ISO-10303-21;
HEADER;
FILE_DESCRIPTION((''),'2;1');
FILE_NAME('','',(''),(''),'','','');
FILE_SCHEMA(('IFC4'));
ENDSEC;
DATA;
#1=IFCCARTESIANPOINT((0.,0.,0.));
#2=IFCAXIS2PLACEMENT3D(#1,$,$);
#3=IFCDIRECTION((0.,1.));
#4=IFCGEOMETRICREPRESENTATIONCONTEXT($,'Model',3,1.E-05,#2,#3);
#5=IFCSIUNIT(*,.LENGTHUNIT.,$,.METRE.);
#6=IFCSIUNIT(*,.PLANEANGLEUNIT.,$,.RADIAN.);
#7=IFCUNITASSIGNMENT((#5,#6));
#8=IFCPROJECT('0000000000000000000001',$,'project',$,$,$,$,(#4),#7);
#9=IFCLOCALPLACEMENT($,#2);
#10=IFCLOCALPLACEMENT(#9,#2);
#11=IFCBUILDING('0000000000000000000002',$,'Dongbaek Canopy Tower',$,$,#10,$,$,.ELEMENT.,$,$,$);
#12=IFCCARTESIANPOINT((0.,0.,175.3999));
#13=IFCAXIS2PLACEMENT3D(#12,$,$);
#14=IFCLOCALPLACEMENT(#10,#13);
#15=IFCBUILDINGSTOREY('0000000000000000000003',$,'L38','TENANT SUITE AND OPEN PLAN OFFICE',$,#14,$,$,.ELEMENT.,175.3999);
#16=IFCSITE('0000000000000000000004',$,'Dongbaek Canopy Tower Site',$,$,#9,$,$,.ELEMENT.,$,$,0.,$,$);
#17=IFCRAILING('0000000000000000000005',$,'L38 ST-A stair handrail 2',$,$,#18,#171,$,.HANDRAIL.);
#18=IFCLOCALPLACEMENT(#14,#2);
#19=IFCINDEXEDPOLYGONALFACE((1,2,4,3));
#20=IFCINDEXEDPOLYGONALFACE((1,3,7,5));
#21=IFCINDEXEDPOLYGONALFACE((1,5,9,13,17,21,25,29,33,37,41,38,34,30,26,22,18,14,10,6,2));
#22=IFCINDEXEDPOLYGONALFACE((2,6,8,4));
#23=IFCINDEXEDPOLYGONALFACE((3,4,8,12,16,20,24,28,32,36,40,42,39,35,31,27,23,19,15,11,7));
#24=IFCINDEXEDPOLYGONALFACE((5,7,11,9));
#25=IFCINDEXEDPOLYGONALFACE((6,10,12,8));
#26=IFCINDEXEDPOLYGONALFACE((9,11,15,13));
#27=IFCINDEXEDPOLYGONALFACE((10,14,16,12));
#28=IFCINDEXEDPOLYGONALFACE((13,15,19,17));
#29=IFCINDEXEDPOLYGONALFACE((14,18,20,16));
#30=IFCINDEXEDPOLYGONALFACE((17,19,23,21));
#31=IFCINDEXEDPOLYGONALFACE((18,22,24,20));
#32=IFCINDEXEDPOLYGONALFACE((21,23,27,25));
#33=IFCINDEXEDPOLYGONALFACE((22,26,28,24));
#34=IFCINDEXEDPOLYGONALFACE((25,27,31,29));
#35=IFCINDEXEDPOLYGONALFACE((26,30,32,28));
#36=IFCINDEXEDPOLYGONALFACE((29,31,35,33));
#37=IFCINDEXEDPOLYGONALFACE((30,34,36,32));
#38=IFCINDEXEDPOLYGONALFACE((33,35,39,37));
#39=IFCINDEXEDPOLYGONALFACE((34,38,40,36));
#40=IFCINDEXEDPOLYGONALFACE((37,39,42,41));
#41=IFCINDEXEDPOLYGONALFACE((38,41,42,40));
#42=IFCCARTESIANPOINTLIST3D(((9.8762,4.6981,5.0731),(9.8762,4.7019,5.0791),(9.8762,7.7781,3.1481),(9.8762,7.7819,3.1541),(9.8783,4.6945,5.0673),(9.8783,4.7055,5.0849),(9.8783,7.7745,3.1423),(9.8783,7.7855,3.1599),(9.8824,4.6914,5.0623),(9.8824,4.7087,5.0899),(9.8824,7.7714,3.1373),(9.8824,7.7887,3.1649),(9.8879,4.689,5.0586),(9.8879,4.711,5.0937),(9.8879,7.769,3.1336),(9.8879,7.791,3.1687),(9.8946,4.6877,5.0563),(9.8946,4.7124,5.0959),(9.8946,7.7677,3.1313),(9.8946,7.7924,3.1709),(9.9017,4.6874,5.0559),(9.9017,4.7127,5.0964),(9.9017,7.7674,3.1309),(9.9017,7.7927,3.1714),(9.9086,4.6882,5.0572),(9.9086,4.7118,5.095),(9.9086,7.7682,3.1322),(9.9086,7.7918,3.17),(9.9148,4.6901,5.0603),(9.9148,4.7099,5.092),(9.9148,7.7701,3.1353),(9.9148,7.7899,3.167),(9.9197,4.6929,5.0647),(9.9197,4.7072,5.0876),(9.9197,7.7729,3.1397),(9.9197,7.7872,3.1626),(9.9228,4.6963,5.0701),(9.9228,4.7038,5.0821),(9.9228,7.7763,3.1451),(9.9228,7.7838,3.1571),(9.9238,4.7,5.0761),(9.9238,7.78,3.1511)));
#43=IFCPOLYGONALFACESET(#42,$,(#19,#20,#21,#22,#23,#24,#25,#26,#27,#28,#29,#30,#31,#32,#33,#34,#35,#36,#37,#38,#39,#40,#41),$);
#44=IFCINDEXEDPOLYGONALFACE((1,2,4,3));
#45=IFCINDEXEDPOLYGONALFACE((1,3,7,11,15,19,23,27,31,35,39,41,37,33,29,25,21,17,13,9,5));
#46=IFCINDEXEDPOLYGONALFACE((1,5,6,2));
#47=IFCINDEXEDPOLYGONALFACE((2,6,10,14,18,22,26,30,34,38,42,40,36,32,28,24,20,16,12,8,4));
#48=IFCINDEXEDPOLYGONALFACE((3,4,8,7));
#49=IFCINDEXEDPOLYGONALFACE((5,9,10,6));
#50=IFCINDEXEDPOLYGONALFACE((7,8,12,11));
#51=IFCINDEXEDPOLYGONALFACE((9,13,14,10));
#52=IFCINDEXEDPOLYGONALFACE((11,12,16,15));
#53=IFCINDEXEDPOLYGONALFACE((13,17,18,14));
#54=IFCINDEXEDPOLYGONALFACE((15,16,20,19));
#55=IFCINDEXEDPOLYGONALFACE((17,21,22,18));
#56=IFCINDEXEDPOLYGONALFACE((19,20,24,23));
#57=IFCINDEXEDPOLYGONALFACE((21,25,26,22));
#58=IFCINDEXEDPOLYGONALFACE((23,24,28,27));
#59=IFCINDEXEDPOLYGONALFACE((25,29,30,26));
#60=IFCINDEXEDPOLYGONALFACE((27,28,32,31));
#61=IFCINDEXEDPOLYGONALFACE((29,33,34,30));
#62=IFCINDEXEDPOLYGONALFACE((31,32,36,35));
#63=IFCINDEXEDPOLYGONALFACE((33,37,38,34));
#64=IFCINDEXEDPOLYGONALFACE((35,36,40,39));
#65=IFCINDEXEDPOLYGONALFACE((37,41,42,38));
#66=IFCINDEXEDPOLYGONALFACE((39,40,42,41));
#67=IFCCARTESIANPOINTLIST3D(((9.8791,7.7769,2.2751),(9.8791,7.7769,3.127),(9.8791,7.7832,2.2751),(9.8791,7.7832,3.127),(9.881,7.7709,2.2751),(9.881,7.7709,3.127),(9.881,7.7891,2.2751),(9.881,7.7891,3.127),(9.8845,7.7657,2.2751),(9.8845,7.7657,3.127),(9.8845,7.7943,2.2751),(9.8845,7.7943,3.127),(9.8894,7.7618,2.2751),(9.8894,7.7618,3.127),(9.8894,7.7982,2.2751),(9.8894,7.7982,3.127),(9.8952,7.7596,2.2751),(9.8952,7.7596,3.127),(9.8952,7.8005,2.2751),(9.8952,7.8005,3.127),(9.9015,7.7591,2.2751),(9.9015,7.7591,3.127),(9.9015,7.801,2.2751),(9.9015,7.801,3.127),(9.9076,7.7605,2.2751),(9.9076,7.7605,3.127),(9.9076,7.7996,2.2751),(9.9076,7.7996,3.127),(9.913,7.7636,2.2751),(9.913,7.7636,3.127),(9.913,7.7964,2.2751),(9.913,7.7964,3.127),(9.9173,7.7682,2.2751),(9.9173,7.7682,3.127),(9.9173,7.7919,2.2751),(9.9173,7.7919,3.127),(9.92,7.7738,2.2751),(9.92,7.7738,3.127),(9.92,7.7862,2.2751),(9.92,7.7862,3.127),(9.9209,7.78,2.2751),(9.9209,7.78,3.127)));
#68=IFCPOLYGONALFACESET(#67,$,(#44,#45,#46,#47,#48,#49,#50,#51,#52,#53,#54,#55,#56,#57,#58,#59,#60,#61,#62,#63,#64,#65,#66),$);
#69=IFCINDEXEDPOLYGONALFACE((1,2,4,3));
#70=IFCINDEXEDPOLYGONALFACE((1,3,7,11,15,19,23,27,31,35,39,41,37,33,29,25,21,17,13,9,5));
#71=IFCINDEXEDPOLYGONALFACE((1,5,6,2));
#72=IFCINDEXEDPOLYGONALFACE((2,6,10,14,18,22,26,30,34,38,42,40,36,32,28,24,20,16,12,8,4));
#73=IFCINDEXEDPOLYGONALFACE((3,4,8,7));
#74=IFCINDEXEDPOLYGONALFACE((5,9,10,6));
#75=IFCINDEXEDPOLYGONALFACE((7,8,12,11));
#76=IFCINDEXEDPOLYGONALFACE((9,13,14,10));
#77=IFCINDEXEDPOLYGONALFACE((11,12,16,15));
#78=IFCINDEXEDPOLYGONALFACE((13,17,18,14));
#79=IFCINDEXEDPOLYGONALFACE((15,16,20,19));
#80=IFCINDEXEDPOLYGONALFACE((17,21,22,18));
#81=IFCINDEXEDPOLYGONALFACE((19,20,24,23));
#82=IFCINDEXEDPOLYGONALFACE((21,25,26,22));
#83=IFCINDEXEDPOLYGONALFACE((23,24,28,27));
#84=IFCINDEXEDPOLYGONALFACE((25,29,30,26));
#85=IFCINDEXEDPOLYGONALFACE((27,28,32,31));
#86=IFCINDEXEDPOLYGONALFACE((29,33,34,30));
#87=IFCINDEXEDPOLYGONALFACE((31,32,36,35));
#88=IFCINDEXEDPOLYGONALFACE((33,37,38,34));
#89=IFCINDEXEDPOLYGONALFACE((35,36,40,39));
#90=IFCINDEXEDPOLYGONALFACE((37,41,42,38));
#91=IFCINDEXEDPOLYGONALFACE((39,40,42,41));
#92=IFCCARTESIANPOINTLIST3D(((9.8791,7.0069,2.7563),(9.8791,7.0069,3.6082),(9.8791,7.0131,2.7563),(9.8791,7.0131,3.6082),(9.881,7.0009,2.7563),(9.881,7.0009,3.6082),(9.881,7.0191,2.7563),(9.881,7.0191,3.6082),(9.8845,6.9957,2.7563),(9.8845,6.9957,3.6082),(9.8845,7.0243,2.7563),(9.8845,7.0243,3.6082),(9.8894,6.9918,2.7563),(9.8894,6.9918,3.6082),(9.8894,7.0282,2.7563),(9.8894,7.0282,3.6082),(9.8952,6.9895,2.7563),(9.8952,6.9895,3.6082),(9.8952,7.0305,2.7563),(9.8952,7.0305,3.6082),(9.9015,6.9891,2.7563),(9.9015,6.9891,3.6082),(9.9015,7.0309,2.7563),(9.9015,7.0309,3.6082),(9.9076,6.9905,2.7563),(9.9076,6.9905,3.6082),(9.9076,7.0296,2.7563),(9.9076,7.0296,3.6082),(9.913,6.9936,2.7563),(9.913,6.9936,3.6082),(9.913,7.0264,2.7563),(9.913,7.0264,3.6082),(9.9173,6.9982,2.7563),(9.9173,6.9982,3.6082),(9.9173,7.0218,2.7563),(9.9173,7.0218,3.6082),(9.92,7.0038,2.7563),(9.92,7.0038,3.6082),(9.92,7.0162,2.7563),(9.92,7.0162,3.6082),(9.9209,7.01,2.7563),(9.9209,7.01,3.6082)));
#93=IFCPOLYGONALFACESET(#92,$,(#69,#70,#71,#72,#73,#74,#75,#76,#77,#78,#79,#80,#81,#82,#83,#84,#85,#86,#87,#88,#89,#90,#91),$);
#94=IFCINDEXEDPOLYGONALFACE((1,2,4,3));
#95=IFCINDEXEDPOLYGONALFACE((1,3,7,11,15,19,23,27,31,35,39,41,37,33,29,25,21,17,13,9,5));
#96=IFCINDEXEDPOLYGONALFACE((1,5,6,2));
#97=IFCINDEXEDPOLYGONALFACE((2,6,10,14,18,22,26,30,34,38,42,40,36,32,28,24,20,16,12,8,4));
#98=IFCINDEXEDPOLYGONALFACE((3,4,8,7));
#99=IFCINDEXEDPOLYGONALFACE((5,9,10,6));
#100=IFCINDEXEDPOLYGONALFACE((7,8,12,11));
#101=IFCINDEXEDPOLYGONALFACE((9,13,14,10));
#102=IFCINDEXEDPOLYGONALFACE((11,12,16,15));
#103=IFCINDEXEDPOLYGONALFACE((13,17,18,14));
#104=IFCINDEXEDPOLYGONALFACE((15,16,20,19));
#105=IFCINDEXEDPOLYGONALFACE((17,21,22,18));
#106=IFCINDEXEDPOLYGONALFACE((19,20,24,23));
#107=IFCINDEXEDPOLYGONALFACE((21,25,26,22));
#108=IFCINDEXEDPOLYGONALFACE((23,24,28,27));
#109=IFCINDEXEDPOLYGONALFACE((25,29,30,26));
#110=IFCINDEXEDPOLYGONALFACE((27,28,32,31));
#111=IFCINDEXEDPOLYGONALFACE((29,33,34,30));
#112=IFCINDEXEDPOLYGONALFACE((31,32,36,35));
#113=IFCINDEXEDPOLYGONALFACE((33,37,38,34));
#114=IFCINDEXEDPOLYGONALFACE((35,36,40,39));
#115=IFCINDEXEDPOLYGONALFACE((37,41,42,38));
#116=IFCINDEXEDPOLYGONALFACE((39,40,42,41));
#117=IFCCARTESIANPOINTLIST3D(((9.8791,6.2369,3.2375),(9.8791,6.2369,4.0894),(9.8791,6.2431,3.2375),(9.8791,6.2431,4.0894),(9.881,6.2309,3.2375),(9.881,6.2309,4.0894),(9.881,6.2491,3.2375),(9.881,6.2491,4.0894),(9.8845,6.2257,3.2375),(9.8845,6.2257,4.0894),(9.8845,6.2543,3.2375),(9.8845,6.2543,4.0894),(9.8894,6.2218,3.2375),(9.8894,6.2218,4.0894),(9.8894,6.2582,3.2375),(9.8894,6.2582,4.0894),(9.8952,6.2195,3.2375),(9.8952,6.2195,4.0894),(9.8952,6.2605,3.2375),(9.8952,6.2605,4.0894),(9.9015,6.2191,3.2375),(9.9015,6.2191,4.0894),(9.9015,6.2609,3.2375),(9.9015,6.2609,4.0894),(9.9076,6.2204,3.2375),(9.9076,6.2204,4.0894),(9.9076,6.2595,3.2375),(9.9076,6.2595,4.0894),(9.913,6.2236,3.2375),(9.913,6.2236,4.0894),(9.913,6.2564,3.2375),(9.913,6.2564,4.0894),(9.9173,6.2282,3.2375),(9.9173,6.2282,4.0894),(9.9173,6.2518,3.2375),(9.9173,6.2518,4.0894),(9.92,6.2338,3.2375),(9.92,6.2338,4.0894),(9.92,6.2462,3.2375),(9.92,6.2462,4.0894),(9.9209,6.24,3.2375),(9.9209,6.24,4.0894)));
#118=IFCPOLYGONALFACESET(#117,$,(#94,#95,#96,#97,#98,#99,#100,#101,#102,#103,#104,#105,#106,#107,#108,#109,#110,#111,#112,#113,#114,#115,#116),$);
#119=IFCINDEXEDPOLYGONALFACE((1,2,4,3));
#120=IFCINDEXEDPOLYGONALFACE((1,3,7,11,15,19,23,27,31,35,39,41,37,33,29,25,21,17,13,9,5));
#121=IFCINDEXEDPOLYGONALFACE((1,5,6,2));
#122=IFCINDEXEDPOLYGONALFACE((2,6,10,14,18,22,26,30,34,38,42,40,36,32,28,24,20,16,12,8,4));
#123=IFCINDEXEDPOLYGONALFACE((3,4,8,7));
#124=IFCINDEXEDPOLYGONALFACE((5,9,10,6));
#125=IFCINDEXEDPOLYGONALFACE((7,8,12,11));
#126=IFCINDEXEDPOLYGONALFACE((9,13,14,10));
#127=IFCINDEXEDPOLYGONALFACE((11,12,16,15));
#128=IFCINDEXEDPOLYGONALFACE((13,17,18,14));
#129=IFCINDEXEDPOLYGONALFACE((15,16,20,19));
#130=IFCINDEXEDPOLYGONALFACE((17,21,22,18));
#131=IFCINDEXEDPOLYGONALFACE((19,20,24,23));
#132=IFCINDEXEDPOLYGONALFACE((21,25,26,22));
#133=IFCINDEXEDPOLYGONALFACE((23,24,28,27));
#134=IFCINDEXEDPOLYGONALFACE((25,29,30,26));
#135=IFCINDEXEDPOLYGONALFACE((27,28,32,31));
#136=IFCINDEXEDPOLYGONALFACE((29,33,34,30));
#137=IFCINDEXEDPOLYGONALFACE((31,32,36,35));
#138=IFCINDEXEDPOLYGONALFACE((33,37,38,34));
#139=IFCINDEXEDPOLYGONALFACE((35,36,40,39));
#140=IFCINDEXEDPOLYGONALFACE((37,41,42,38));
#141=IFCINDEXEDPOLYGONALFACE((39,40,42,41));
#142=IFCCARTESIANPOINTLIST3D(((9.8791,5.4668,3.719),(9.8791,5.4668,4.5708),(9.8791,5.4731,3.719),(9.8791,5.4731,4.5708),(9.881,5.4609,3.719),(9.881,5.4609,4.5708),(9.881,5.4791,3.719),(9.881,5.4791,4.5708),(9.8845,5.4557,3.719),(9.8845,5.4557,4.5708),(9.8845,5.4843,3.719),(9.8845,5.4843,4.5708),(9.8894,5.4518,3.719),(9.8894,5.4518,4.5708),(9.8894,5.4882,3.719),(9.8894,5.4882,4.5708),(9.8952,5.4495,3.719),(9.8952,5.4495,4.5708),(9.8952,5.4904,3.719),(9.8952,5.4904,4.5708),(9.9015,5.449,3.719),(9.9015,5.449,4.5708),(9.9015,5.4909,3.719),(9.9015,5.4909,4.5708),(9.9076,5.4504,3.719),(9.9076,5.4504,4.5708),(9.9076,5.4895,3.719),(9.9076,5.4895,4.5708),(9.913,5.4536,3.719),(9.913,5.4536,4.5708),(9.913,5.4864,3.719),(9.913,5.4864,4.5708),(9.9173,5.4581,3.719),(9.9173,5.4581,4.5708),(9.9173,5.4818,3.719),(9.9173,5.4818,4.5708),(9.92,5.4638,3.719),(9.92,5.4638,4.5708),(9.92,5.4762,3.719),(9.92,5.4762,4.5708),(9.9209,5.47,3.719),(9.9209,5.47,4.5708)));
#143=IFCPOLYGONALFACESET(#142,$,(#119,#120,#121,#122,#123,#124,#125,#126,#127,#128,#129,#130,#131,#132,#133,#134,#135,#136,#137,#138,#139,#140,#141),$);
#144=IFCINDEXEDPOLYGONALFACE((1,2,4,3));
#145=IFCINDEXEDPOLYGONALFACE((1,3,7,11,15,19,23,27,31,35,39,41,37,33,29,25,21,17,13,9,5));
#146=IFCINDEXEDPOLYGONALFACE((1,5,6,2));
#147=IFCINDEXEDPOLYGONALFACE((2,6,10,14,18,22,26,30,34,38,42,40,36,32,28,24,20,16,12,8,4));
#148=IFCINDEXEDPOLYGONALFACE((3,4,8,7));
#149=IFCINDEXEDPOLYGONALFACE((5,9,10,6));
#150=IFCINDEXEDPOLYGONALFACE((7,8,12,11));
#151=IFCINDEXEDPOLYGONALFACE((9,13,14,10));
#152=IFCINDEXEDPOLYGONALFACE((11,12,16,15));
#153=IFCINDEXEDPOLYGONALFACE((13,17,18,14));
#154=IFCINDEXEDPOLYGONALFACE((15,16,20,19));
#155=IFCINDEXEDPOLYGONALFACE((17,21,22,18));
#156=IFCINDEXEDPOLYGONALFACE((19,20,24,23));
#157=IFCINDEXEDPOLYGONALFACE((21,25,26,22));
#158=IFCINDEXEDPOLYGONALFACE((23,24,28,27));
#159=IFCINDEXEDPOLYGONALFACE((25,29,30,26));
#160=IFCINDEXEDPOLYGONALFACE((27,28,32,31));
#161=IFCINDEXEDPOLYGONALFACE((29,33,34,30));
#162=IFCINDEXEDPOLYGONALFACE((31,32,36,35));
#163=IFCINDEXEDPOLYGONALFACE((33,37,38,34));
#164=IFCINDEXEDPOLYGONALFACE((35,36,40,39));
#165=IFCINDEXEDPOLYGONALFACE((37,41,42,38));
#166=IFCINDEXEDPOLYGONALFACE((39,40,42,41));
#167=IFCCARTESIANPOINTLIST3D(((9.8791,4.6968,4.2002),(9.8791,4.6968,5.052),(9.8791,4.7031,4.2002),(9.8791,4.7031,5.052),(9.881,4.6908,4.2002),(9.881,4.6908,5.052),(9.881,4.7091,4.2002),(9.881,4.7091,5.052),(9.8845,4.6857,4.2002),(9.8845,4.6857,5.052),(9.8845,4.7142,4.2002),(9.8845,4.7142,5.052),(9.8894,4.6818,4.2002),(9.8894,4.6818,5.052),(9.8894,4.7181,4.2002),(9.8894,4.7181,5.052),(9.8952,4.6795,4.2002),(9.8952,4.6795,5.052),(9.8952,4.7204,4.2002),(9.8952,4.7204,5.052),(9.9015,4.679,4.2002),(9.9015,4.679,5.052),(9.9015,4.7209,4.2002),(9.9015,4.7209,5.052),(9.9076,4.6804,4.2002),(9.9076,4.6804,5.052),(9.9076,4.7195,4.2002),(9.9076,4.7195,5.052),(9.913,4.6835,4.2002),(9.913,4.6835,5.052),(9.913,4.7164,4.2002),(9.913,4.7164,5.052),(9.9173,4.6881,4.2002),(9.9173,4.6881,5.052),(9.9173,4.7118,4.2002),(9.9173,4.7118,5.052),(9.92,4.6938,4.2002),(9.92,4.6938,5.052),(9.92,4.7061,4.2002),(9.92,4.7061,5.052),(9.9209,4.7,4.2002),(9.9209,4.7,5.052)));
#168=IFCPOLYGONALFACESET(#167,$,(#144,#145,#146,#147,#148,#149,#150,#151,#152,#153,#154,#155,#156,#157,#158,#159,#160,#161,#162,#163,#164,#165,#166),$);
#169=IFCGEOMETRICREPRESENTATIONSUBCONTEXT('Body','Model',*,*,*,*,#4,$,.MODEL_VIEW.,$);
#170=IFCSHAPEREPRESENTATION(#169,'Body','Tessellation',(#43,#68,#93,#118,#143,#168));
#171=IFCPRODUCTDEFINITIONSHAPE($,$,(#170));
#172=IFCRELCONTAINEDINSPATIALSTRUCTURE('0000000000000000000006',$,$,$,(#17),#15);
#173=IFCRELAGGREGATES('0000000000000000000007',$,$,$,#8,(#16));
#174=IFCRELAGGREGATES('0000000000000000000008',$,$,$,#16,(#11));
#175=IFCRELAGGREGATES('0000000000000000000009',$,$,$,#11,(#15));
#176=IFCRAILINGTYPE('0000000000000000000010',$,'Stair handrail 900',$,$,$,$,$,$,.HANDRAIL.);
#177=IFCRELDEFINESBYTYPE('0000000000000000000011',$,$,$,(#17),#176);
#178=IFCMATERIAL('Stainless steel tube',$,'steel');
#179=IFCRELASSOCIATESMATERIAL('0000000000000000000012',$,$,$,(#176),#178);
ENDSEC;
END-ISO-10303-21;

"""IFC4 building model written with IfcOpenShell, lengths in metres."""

from ifc_helpers import new_model, si_unit, direction, frame, origin, origin_2d, place, context, subcontext, project, spatial, circle, extrude, material, type_object, element, save


model = new_model("IFC4")

# Units and contexts
model_context = context("Model", 3, precision=1e-05, world=origin(), true_north=direction((0.0, 1.0)))
body_context = subcontext(model_context, "Body", "Model", "MODEL_VIEW")
ifc_project = project(units=[si_unit("LENGTHUNIT", "METRE"), si_unit("PLANEANGLEUNIT", "RADIAN")], contexts=[model_context])

# Site, building, storey
site_placement = place(None, origin())
site = spatial("IfcSite", under=ifc_project, at=site_placement, Name="Dongbaek Canopy Tower Site", CompositionType="ELEMENT", RefElevation=0.0)
building_placement = place(site_placement, origin())
building = spatial("IfcBuilding", under=site, at=building_placement, Name="Dongbaek Canopy Tower", CompositionType="ELEMENT")
storey_placement = place(building_placement, frame((0.0, 0.0, 175.3999)))
storey = spatial("IfcBuildingStorey", under=building, at=storey_placement, Name="L38", Description="TENANT SUITE AND OPEN PLAN OFFICE", CompositionType="ELEMENT", Elevation=175.3999)

# Railing
ifc_material_1 = material(Name="Stainless steel tube", Category="steel")
railing_type_1 = type_object("IfcRailingType", Name="Stair handrail 900", PredefinedType="HANDRAIL", material=ifc_material_1)
railing_1_placement = place(storey_placement, frame((9.8999, 7.78, 2.2751)))
element("IfcRailing", 1, at=railing_1_placement, inside=storey, type_object=railing_type_1, Name="L38 ST-A stair handrail 2", PredefinedType="HANDRAIL", context=body_context, shape_type="SweptSolid", body=[
    extrude(circle(Radius=0.0239, at=origin_2d()), frame((0.0, 0.0, 0.876), z_axis=(0.0, -0.847998, 0.529999), x_axis=(1.0, 0.0, 0.0)), (0.0, 0.0, 1.0), 3.6321),
    extrude(circle(Radius=0.021, at=origin_2d()), origin(), (0.0, 0.0, 1.0), 0.8518),
    extrude(circle(Radius=0.021, at=origin_2d()), frame((0.0, -0.77, 0.4812)), (0.0, 0.0, 1.0), 0.8518),
    extrude(circle(Radius=0.021, at=origin_2d()), frame((0.0, -1.54, 0.9624)), (0.0, 0.0, 1.0), 0.8518),
    extrude(circle(Radius=0.021, at=origin_2d()), frame((0.0, -2.3101, 1.4438)), (0.0, 0.0, 1.0), 0.8518),
    extrude(circle(Radius=0.021, at=origin_2d()), frame((0.0, -3.0801, 1.925)), (0.0, 0.0, 1.0), 0.8518),
])

save(model, "model.ifc")
